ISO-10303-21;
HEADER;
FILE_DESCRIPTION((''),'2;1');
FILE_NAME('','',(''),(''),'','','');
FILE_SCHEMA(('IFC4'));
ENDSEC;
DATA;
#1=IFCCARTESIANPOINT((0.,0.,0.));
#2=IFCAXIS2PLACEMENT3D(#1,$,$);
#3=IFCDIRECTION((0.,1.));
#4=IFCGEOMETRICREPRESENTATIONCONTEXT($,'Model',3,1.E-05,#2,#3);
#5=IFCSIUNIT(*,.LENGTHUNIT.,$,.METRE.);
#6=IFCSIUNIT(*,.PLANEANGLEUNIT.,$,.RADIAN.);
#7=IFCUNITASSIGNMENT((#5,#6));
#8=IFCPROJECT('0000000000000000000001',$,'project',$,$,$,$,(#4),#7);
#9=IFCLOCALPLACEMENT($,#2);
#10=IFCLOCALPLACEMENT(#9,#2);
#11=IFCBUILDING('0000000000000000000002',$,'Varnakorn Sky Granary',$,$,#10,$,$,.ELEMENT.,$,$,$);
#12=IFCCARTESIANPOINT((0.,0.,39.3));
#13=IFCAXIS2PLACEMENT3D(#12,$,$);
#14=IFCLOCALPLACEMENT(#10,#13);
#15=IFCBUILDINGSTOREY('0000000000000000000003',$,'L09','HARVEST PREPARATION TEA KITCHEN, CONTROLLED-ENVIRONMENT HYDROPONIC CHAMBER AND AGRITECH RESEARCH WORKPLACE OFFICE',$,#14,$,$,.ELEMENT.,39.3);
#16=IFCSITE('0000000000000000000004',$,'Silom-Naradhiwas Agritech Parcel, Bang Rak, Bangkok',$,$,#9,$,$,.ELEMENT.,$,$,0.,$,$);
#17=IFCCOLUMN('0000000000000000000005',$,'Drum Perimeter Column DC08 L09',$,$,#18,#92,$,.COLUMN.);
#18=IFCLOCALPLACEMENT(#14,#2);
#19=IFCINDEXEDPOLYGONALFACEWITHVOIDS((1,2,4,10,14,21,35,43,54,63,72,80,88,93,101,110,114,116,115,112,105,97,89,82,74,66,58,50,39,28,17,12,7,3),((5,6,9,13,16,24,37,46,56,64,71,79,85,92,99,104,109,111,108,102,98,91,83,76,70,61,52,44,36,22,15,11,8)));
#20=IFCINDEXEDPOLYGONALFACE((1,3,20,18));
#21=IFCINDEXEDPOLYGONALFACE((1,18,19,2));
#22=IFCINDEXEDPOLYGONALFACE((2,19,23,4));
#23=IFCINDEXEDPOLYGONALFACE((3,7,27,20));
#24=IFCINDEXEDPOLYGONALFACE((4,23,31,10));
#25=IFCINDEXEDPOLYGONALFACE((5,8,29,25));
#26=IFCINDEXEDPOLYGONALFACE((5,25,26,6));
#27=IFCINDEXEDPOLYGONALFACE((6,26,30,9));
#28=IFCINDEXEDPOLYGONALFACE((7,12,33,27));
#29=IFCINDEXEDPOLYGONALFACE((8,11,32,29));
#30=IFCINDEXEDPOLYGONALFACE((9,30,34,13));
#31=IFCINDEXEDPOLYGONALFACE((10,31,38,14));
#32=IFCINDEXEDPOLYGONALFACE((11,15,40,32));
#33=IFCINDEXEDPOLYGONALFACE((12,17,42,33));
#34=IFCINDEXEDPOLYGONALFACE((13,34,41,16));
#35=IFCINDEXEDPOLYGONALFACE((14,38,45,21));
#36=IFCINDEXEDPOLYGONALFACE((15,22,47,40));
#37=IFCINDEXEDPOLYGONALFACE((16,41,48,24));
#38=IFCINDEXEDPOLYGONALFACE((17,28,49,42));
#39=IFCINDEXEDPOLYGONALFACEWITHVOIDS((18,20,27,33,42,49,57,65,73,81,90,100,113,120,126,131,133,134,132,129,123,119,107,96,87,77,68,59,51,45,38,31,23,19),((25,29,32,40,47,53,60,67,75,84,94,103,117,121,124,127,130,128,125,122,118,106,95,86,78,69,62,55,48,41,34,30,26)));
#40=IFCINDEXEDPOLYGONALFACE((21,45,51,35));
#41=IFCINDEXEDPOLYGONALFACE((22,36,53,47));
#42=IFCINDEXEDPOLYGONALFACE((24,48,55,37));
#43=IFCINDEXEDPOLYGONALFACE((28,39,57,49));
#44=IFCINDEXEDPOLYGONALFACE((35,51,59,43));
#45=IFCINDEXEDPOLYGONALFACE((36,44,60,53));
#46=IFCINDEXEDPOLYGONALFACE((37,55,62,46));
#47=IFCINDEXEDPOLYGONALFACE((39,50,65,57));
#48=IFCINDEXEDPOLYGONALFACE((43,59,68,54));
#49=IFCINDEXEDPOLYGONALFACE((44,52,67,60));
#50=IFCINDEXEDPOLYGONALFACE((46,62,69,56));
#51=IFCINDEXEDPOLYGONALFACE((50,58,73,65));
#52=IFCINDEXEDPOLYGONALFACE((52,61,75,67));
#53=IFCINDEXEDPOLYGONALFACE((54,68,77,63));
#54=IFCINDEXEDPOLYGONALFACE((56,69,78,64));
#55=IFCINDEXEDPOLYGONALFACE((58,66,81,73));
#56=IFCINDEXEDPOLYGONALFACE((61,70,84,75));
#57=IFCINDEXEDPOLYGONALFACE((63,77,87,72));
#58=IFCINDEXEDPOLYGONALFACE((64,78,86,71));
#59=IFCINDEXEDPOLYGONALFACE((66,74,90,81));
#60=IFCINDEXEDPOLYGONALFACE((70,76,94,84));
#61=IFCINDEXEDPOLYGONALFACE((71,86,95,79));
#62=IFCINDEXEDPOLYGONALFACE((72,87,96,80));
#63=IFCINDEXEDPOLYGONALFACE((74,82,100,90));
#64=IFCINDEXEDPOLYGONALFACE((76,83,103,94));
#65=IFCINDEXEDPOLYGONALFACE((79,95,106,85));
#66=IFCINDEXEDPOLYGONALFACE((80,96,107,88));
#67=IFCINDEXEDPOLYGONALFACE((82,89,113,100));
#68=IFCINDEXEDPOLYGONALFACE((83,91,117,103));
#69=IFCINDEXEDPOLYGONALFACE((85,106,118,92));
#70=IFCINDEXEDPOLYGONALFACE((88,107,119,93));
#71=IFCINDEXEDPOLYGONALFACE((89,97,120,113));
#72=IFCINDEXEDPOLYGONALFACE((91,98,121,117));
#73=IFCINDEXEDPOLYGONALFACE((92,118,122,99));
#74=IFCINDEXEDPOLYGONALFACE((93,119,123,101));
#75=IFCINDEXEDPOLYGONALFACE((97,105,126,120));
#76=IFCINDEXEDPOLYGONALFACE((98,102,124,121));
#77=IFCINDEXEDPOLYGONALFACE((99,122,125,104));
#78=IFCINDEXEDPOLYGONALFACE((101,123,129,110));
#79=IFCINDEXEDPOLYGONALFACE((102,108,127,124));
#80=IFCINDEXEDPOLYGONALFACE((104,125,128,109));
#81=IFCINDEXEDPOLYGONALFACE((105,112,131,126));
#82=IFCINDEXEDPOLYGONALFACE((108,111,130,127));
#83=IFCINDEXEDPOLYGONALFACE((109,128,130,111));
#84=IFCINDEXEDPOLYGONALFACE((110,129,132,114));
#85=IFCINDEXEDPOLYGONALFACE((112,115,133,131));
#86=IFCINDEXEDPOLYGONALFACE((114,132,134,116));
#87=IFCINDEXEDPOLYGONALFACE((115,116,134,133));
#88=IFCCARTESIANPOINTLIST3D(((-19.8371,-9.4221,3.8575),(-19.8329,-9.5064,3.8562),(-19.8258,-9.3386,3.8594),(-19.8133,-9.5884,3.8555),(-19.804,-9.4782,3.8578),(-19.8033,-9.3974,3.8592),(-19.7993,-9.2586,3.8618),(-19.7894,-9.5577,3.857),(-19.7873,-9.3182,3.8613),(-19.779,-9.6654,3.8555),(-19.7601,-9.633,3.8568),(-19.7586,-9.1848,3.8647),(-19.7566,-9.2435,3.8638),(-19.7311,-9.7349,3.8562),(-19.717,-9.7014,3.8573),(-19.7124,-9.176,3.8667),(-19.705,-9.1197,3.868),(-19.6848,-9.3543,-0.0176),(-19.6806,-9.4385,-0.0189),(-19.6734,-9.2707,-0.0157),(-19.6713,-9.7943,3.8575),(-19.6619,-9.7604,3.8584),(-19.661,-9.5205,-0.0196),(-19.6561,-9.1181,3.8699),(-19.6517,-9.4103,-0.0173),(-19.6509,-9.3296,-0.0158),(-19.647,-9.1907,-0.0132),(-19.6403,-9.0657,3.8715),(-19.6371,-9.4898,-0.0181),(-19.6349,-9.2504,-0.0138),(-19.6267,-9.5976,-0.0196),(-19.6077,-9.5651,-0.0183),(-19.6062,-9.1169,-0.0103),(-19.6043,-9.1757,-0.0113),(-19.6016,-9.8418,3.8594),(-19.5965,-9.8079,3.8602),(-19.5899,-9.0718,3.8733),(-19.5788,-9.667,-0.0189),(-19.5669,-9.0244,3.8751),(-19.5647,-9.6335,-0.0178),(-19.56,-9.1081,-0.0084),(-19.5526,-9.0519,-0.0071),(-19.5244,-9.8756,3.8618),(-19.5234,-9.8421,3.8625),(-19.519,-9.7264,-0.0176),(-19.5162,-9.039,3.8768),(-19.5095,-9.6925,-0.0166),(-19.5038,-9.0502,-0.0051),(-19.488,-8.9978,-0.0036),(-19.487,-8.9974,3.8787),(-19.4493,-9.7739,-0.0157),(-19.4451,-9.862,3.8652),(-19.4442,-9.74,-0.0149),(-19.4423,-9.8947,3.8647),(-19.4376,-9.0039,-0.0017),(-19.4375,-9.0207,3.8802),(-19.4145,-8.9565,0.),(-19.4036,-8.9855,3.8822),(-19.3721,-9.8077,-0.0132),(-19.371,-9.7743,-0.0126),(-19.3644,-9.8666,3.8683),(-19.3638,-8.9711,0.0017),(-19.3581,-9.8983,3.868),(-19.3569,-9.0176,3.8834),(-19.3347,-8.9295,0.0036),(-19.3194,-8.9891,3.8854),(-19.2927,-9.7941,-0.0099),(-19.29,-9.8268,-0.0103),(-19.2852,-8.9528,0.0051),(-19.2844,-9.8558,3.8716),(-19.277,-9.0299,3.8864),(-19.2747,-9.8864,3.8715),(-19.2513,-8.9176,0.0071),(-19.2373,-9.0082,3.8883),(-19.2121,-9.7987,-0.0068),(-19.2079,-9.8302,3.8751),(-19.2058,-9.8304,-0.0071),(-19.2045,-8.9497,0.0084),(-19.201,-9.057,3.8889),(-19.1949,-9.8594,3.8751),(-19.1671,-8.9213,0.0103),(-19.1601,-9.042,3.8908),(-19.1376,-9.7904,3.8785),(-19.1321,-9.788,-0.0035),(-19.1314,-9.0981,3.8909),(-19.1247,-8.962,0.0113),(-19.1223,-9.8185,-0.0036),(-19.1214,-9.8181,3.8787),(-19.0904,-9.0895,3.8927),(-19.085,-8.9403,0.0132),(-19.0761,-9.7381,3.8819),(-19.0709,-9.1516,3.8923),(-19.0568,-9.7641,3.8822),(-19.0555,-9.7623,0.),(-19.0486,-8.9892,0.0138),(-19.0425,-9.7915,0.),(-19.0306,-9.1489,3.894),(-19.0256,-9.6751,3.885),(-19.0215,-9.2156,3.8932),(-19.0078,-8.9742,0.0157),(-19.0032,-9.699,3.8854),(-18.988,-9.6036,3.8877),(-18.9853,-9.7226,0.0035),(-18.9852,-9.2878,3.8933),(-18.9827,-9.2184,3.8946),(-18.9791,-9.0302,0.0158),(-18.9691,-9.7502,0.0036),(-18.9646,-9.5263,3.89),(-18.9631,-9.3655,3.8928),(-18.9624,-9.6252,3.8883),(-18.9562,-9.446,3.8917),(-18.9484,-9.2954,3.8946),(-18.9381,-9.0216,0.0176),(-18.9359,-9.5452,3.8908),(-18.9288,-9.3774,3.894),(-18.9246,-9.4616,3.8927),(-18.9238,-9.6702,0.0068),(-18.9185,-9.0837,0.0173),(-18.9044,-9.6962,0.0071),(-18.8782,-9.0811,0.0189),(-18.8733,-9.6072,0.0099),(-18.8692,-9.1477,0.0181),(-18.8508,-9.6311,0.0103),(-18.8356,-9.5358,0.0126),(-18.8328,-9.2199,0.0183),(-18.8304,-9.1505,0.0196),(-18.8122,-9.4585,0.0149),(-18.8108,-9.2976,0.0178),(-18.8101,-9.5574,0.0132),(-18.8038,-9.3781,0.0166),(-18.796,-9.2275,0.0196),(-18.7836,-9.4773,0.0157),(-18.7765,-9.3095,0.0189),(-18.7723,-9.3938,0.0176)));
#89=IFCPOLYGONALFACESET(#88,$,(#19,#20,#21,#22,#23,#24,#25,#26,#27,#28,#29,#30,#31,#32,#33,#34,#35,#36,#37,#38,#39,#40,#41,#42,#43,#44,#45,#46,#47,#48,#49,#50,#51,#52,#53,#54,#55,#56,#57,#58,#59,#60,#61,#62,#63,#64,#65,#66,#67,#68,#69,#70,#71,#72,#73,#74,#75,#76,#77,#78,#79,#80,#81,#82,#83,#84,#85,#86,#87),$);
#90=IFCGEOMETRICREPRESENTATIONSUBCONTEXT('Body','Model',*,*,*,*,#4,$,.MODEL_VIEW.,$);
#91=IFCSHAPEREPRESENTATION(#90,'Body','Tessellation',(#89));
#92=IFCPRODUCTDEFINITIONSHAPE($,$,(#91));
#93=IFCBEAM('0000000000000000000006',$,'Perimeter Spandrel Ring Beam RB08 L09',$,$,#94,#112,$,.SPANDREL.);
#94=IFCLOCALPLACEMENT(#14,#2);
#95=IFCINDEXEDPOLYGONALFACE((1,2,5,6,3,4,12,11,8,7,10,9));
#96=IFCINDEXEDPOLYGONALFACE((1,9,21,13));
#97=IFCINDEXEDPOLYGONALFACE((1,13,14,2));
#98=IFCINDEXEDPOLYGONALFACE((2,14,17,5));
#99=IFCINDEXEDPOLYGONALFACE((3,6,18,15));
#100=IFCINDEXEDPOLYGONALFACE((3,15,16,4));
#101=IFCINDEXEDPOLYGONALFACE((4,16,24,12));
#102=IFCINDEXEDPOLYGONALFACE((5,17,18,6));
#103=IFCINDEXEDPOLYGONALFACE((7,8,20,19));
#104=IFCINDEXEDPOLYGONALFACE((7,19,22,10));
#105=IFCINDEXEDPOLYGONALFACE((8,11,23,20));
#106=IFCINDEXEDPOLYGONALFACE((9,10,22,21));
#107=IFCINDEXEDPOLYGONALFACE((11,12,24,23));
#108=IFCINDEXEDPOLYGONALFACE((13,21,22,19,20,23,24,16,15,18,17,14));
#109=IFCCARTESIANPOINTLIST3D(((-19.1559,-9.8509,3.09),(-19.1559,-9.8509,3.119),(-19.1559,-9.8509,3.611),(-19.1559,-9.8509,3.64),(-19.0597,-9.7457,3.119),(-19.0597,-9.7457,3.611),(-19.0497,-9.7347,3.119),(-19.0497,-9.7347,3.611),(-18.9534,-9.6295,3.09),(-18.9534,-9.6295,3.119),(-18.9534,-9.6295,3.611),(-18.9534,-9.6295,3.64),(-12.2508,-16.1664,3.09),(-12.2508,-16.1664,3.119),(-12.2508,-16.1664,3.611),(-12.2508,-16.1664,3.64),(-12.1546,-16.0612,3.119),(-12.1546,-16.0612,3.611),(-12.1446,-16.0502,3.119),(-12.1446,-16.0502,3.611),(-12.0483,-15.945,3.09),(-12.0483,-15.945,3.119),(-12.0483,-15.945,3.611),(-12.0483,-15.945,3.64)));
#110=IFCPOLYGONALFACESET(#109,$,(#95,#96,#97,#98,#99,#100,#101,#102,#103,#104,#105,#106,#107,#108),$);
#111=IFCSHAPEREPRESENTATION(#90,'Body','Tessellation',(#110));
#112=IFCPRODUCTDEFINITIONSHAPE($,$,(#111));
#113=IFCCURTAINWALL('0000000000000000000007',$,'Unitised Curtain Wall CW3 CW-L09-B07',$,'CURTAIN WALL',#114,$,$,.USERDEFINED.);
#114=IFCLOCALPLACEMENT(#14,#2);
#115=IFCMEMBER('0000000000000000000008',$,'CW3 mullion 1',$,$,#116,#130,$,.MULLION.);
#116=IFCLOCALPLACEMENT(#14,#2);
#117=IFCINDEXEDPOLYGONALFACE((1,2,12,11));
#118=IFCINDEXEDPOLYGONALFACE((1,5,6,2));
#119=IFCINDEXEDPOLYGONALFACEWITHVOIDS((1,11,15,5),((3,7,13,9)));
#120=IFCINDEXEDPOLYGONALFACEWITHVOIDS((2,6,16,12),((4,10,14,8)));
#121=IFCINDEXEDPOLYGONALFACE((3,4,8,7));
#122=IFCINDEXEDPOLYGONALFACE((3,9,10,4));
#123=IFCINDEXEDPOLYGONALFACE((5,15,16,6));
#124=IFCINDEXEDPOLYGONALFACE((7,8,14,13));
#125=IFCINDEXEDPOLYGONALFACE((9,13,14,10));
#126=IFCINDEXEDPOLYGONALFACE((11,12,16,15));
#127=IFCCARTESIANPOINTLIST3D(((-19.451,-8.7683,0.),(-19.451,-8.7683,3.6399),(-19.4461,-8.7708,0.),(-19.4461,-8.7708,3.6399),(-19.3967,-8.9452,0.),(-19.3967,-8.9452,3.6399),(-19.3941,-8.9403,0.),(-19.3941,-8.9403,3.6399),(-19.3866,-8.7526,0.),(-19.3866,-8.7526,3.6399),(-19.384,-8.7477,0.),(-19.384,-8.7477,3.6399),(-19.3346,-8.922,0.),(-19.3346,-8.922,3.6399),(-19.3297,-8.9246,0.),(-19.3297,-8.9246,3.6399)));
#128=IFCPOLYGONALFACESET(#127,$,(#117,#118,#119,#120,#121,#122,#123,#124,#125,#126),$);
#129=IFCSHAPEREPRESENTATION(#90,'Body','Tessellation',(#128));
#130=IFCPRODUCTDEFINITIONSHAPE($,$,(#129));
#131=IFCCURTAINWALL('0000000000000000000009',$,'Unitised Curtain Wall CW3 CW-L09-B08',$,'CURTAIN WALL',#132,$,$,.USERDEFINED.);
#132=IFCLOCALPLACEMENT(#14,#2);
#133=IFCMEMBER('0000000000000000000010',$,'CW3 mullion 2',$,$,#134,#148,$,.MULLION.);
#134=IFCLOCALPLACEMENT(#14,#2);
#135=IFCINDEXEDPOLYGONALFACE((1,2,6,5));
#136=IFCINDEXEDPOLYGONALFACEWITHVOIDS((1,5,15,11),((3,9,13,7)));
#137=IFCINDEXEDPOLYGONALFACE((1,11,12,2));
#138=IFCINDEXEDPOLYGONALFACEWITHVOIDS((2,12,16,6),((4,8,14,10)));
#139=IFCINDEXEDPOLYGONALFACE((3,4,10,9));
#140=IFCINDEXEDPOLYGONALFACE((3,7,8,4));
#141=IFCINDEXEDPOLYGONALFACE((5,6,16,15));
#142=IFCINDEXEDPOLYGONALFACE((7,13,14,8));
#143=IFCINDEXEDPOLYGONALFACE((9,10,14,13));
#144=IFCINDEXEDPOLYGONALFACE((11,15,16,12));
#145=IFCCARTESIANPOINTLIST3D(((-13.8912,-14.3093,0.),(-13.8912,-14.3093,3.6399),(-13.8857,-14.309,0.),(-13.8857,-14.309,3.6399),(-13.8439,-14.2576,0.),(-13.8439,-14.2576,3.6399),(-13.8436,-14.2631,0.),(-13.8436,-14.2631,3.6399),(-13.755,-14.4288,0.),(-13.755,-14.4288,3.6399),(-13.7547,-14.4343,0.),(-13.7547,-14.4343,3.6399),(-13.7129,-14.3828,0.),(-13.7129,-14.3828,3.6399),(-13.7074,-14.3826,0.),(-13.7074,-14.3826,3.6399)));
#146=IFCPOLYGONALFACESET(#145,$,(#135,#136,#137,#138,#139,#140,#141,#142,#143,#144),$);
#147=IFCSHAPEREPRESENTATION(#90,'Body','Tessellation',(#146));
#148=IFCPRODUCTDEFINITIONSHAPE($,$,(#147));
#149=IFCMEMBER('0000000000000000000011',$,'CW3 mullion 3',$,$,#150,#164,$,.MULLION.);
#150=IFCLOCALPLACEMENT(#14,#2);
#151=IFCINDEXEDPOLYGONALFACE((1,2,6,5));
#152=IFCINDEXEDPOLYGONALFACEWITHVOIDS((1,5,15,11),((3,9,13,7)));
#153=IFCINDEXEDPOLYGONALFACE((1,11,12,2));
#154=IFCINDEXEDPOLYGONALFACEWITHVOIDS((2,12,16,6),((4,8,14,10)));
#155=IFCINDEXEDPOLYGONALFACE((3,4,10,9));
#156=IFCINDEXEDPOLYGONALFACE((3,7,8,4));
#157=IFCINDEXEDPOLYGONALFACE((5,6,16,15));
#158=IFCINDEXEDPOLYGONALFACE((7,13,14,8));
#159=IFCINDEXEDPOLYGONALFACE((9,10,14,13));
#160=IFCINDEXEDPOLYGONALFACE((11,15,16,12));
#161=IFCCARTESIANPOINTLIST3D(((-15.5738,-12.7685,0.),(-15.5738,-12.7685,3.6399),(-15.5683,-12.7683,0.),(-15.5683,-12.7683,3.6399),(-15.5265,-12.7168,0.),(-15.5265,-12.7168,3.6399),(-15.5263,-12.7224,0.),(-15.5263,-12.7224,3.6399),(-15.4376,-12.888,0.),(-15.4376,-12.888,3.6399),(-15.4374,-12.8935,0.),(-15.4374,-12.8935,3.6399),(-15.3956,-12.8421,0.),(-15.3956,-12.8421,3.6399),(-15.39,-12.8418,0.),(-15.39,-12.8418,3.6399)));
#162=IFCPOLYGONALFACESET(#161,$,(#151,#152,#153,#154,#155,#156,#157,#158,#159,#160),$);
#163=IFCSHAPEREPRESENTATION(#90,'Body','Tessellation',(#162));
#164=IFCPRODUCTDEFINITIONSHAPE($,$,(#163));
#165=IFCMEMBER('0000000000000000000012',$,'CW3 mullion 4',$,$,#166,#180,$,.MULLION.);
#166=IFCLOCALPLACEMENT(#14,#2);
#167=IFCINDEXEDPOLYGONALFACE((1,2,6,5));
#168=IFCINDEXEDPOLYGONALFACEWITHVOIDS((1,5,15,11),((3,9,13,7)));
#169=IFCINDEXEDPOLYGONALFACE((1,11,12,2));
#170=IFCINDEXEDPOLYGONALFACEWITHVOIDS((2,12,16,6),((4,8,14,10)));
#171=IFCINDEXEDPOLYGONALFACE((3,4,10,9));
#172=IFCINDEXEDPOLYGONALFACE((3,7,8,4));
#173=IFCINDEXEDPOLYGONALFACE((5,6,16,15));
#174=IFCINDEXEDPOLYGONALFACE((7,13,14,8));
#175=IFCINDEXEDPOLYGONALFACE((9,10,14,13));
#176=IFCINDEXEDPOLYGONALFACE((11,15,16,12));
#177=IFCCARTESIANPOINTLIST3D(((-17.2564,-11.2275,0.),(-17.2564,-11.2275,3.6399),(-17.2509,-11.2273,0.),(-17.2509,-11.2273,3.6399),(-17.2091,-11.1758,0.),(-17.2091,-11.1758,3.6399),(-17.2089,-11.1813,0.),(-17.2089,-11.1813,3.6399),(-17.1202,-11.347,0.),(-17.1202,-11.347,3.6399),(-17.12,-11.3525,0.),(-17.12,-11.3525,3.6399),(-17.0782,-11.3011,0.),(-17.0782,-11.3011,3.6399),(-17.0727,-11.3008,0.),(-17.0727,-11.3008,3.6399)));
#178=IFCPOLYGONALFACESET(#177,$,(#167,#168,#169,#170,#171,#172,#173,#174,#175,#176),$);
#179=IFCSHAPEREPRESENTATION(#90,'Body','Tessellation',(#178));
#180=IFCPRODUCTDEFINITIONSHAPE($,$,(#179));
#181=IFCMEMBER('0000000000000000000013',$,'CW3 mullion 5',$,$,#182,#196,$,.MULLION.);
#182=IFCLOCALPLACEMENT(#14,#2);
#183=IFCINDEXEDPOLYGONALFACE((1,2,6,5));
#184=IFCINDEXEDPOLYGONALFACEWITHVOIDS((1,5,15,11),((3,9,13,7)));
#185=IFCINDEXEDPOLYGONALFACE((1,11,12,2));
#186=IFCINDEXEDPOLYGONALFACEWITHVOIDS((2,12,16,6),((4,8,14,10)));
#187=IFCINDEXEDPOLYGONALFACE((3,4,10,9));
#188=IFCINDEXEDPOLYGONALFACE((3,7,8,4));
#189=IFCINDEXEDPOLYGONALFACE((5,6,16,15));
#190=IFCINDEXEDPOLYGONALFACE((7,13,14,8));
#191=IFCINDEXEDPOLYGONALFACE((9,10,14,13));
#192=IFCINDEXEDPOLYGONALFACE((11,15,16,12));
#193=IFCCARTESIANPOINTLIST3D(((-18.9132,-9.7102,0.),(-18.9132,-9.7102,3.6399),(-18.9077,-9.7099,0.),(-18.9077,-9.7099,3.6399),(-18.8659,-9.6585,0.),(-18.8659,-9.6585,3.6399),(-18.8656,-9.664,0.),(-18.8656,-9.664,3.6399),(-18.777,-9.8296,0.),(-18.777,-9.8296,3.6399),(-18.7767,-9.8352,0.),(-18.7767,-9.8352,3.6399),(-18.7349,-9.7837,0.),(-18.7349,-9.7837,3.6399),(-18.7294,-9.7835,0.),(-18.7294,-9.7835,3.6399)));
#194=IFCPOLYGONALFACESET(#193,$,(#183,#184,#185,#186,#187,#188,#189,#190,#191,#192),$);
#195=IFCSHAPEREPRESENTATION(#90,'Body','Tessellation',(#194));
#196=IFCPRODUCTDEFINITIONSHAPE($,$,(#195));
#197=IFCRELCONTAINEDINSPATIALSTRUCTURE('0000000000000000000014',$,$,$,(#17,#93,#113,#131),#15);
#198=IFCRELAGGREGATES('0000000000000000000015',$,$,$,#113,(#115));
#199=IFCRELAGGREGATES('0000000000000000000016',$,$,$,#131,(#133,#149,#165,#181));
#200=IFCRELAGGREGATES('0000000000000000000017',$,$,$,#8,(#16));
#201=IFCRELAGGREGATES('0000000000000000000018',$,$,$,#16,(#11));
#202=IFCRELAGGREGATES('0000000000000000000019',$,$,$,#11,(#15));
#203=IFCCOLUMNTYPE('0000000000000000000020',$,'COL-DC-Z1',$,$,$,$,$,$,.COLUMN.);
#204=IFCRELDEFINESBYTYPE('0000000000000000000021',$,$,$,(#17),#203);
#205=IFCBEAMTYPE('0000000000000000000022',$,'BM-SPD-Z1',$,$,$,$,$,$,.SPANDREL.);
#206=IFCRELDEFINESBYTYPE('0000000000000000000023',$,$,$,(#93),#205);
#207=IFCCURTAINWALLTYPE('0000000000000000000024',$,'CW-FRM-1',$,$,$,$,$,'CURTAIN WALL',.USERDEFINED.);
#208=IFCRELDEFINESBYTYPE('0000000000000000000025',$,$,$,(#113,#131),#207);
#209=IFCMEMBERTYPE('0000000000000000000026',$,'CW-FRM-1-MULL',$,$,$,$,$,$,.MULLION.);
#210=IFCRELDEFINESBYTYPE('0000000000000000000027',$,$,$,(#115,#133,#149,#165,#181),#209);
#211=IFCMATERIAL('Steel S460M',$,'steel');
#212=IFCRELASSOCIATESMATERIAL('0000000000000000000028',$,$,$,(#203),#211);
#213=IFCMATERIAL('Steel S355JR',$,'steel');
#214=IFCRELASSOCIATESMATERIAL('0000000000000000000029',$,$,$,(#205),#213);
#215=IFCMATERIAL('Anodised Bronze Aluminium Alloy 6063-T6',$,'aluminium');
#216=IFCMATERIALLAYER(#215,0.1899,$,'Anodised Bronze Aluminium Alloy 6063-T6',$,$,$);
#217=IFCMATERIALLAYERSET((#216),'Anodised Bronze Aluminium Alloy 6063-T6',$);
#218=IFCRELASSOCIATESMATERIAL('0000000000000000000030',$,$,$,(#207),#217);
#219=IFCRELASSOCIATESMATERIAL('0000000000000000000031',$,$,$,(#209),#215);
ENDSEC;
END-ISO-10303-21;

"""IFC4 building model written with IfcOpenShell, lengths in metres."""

from ifc_helpers import new_model, si_unit, direction, frame, origin, origin_2d, place, context, subcontext, project, spatial, hollow_rectangle, hollow_circle, i_section, extrude, material, layer, layer_set, material_profile, profile_set, type_object, element, aggregate, save


model = new_model("IFC4")

# Units and contexts
model_context = context("Model", 3, precision=1e-05, world=origin(), true_north=direction((0.0, 1.0)))
body_context = subcontext(model_context, "Body", "Model", "MODEL_VIEW")
ifc_project = project(units=[si_unit("LENGTHUNIT", "METRE"), si_unit("PLANEANGLEUNIT", "RADIAN")], contexts=[model_context])

# Site, building, storey
site_placement = place(None, origin())
site = spatial("IfcSite", under=ifc_project, at=site_placement, Name="Silom-Naradhiwas Agritech Parcel, Bang Rak, Bangkok", CompositionType="ELEMENT", RefElevation=0.0)
building_placement = place(site_placement, origin())
building = spatial("IfcBuilding", under=site, at=building_placement, Name="Varnakorn Sky Granary", CompositionType="ELEMENT")
storey_placement = place(building_placement, frame((0.0, 0.0, 39.3)))
storey = spatial("IfcBuildingStorey", under=building, at=storey_placement, Name="L09", Description="HARVEST PREPARATION TEA KITCHEN, CONTROLLED-ENVIRONMENT HYDROPONIC CHAMBER AND AGRITECH RESEARCH WORKPLACE OFFICE", CompositionType="ELEMENT", Elevation=39.3)

# Column
ifc_material_1 = material(Name="Steel S460M", Category="steel")
ifc_material_profile_1 = material_profile(ifc_material_1, hollow_circle(Radius=0.457, WallThickness=0.032, at=origin_2d()), Name="CHS 914x32")
ifc_profile_set_1 = profile_set([ifc_material_profile_1], Name="Steel S460M")
column_type = type_object("IfcColumnType", Name="COL-DC-Z1", PredefinedType="COLUMN", material=ifc_profile_set_1)
column_placement = place(storey_placement, frame((-19.2285, -9.374, 0.0), z_axis=(-0.039278, -0.017499, 0.999075), x_axis=(0.406953, -0.913449, 0.0)))
element("IfcColumn", 1, at=column_placement, inside=storey, type_object=column_type, Name="Drum Perimeter Column DC08 L09", PredefinedType="COLUMN", context=body_context, shape_type="SweptSolid", body=[
    extrude(hollow_circle(Radius=0.457, WallThickness=0.032, at=origin_2d()), origin(), (0.0, 0.0, 1.0), 3.8787),
])

# Beam
ifc_material_2 = material(Name="Steel S355JR", Category="steel")
ifc_material_profile_2 = material_profile(ifc_material_2, i_section(OverallWidth=0.3, OverallDepth=0.55, WebThickness=0.0149, FlangeThickness=0.0291, at=origin_2d()), Name="HE 550 B")
ifc_profile_set_2 = profile_set([ifc_material_profile_2], Name="Steel S355JR")
beam_type = type_object("IfcBeamType", Name="BM-SPD-Z1", PredefinedType="SPANDREL", material=ifc_profile_set_2)
beam_placement = place(storey_placement, frame((-19.0547, -9.7402, 3.365), z_axis=(0.737909, -0.674901, 0.0), x_axis=(0.674901, 0.737909, 0.0)))
element("IfcBeam", 2, at=beam_placement, inside=storey, type_object=beam_type, Name="Perimeter Spandrel Ring Beam RB08 L09", PredefinedType="SPANDREL", context=body_context, shape_type="SweptSolid", body=[
    extrude(i_section(OverallWidth=0.3, OverallDepth=0.55, WebThickness=0.0149, FlangeThickness=0.0291, at=origin_2d()), origin(), (0.0, 0.0, 1.0), 9.3577),
])

# Curtain wall, member
ifc_material_3 = material(Name="Anodised Bronze Aluminium Alloy 6063-T6", Category="aluminium")
ifc_layer_1 = layer(ifc_material_3, 0.1899, Name="Anodised Bronze Aluminium Alloy 6063-T6")
ifc_layer_set_1 = layer_set([ifc_layer_1], Name="Anodised Bronze Aluminium Alloy 6063-T6")
curtain_wall_type = type_object("IfcCurtainWallType", Name="CW-FRM-1", ElementType="CURTAIN WALL", PredefinedType="USERDEFINED", material=ifc_layer_set_1)
curtain_wall_1_placement = place(storey_placement, origin())
curtain_wall_1 = element("IfcCurtainWall", 3, at=curtain_wall_1_placement, inside=storey, type_object=curtain_wall_type, Name="Unitised Curtain Wall CW3 CW-L09-B07", ObjectType="CURTAIN WALL", PredefinedType="USERDEFINED")
ifc_material_profile_3 = material_profile(ifc_material_3, hollow_rectangle(XDim=0.0701, YDim=0.1851, WallThickness=0.0039, at=origin_2d()), Name="ALU MULL 70x185")
ifc_profile_set_3 = profile_set([ifc_material_profile_3], Name="Anodised Bronze Aluminium Alloy 6063-T6")
member_type_1 = type_object("IfcMemberType", Name="CW-FRM-1-MULL", PredefinedType="MULLION", material=ifc_profile_set_3)
member_1_placement = place(storey_placement, frame((-19.3904, -8.8464, 0.0), z_axis=(0.0, 0.0, 1.0), x_axis=(-0.955971, -0.293463, 0.0)))
member_1 = element("IfcMember", 4, at=member_1_placement, type_object=member_type_1, Name="CW3 mullion 1", PredefinedType="MULLION", context=body_context, shape_type="SweptSolid", body=[
    extrude(hollow_rectangle(XDim=0.0701, YDim=0.1851, WallThickness=0.0039, at=origin_2d()), origin(), (0.0, 0.0, 1.0), 3.6399),
])

# Curtain wall, members
curtain_wall_2_placement = place(storey_placement, origin())
curtain_wall_2 = element("IfcCurtainWall", 5, at=curtain_wall_2_placement, inside=storey, type_object=curtain_wall_type, Name="Unitised Curtain Wall CW3 CW-L09-B08", ObjectType="CURTAIN WALL", PredefinedType="USERDEFINED")
member_2_placement = place(storey_placement, frame((-13.7993, -14.3459, 0.0), z_axis=(0.0, 0.0, 1.0), x_axis=(-0.675389, -0.737462, 0.0)))
member_2 = element("IfcMember", 6, at=member_2_placement, type_object=member_type_1, Name="CW3 mullion 2", PredefinedType="MULLION", context=body_context, shape_type="SweptSolid", body=[
    extrude(hollow_rectangle(XDim=0.0701, YDim=0.1851, WallThickness=0.0039, at=origin_2d()), origin(), (0.0, 0.0, 1.0), 3.6399),
])
member_3_placement = place(storey_placement, frame((-15.4819, -12.8052, 0.0), z_axis=(0.0, 0.0, 1.0), x_axis=(-0.675389, -0.737462, 0.0)))
member_3 = element("IfcMember", 7, at=member_3_placement, type_object=member_type_1, Name="CW3 mullion 3", PredefinedType="MULLION", context=body_context, shape_type="SweptSolid", body=[
    extrude(hollow_rectangle(XDim=0.0701, YDim=0.1851, WallThickness=0.0039, at=origin_2d()), origin(), (0.0, 0.0, 1.0), 3.6399),
])
member_4_placement = place(storey_placement, frame((-17.1646, -11.2642, 0.0), z_axis=(0.0, 0.0, 1.0), x_axis=(-0.675389, -0.737462, 0.0)))
member_4 = element("IfcMember", 8, at=member_4_placement, type_object=member_type_1, Name="CW3 mullion 4", PredefinedType="MULLION", context=body_context, shape_type="SweptSolid", body=[
    extrude(hollow_rectangle(XDim=0.0701, YDim=0.1851, WallThickness=0.0039, at=origin_2d()), origin(), (0.0, 0.0, 1.0), 3.6399),
])
member_5_placement = place(storey_placement, frame((-18.8213, -9.7468, 0.0), z_axis=(0.0, 0.0, 1.0), x_axis=(-0.675389, -0.737462, 0.0)))
member_5 = element("IfcMember", 9, at=member_5_placement, type_object=member_type_1, Name="CW3 mullion 5", PredefinedType="MULLION", context=body_context, shape_type="SweptSolid", body=[
    extrude(hollow_rectangle(XDim=0.0701, YDim=0.1851, WallThickness=0.0039, at=origin_2d()), origin(), (0.0, 0.0, 1.0), 3.6399),
])

aggregate(curtain_wall_1, [member_1])
aggregate(curtain_wall_2, [member_2, member_3, member_4, member_5])

save(model, "model.ifc")
